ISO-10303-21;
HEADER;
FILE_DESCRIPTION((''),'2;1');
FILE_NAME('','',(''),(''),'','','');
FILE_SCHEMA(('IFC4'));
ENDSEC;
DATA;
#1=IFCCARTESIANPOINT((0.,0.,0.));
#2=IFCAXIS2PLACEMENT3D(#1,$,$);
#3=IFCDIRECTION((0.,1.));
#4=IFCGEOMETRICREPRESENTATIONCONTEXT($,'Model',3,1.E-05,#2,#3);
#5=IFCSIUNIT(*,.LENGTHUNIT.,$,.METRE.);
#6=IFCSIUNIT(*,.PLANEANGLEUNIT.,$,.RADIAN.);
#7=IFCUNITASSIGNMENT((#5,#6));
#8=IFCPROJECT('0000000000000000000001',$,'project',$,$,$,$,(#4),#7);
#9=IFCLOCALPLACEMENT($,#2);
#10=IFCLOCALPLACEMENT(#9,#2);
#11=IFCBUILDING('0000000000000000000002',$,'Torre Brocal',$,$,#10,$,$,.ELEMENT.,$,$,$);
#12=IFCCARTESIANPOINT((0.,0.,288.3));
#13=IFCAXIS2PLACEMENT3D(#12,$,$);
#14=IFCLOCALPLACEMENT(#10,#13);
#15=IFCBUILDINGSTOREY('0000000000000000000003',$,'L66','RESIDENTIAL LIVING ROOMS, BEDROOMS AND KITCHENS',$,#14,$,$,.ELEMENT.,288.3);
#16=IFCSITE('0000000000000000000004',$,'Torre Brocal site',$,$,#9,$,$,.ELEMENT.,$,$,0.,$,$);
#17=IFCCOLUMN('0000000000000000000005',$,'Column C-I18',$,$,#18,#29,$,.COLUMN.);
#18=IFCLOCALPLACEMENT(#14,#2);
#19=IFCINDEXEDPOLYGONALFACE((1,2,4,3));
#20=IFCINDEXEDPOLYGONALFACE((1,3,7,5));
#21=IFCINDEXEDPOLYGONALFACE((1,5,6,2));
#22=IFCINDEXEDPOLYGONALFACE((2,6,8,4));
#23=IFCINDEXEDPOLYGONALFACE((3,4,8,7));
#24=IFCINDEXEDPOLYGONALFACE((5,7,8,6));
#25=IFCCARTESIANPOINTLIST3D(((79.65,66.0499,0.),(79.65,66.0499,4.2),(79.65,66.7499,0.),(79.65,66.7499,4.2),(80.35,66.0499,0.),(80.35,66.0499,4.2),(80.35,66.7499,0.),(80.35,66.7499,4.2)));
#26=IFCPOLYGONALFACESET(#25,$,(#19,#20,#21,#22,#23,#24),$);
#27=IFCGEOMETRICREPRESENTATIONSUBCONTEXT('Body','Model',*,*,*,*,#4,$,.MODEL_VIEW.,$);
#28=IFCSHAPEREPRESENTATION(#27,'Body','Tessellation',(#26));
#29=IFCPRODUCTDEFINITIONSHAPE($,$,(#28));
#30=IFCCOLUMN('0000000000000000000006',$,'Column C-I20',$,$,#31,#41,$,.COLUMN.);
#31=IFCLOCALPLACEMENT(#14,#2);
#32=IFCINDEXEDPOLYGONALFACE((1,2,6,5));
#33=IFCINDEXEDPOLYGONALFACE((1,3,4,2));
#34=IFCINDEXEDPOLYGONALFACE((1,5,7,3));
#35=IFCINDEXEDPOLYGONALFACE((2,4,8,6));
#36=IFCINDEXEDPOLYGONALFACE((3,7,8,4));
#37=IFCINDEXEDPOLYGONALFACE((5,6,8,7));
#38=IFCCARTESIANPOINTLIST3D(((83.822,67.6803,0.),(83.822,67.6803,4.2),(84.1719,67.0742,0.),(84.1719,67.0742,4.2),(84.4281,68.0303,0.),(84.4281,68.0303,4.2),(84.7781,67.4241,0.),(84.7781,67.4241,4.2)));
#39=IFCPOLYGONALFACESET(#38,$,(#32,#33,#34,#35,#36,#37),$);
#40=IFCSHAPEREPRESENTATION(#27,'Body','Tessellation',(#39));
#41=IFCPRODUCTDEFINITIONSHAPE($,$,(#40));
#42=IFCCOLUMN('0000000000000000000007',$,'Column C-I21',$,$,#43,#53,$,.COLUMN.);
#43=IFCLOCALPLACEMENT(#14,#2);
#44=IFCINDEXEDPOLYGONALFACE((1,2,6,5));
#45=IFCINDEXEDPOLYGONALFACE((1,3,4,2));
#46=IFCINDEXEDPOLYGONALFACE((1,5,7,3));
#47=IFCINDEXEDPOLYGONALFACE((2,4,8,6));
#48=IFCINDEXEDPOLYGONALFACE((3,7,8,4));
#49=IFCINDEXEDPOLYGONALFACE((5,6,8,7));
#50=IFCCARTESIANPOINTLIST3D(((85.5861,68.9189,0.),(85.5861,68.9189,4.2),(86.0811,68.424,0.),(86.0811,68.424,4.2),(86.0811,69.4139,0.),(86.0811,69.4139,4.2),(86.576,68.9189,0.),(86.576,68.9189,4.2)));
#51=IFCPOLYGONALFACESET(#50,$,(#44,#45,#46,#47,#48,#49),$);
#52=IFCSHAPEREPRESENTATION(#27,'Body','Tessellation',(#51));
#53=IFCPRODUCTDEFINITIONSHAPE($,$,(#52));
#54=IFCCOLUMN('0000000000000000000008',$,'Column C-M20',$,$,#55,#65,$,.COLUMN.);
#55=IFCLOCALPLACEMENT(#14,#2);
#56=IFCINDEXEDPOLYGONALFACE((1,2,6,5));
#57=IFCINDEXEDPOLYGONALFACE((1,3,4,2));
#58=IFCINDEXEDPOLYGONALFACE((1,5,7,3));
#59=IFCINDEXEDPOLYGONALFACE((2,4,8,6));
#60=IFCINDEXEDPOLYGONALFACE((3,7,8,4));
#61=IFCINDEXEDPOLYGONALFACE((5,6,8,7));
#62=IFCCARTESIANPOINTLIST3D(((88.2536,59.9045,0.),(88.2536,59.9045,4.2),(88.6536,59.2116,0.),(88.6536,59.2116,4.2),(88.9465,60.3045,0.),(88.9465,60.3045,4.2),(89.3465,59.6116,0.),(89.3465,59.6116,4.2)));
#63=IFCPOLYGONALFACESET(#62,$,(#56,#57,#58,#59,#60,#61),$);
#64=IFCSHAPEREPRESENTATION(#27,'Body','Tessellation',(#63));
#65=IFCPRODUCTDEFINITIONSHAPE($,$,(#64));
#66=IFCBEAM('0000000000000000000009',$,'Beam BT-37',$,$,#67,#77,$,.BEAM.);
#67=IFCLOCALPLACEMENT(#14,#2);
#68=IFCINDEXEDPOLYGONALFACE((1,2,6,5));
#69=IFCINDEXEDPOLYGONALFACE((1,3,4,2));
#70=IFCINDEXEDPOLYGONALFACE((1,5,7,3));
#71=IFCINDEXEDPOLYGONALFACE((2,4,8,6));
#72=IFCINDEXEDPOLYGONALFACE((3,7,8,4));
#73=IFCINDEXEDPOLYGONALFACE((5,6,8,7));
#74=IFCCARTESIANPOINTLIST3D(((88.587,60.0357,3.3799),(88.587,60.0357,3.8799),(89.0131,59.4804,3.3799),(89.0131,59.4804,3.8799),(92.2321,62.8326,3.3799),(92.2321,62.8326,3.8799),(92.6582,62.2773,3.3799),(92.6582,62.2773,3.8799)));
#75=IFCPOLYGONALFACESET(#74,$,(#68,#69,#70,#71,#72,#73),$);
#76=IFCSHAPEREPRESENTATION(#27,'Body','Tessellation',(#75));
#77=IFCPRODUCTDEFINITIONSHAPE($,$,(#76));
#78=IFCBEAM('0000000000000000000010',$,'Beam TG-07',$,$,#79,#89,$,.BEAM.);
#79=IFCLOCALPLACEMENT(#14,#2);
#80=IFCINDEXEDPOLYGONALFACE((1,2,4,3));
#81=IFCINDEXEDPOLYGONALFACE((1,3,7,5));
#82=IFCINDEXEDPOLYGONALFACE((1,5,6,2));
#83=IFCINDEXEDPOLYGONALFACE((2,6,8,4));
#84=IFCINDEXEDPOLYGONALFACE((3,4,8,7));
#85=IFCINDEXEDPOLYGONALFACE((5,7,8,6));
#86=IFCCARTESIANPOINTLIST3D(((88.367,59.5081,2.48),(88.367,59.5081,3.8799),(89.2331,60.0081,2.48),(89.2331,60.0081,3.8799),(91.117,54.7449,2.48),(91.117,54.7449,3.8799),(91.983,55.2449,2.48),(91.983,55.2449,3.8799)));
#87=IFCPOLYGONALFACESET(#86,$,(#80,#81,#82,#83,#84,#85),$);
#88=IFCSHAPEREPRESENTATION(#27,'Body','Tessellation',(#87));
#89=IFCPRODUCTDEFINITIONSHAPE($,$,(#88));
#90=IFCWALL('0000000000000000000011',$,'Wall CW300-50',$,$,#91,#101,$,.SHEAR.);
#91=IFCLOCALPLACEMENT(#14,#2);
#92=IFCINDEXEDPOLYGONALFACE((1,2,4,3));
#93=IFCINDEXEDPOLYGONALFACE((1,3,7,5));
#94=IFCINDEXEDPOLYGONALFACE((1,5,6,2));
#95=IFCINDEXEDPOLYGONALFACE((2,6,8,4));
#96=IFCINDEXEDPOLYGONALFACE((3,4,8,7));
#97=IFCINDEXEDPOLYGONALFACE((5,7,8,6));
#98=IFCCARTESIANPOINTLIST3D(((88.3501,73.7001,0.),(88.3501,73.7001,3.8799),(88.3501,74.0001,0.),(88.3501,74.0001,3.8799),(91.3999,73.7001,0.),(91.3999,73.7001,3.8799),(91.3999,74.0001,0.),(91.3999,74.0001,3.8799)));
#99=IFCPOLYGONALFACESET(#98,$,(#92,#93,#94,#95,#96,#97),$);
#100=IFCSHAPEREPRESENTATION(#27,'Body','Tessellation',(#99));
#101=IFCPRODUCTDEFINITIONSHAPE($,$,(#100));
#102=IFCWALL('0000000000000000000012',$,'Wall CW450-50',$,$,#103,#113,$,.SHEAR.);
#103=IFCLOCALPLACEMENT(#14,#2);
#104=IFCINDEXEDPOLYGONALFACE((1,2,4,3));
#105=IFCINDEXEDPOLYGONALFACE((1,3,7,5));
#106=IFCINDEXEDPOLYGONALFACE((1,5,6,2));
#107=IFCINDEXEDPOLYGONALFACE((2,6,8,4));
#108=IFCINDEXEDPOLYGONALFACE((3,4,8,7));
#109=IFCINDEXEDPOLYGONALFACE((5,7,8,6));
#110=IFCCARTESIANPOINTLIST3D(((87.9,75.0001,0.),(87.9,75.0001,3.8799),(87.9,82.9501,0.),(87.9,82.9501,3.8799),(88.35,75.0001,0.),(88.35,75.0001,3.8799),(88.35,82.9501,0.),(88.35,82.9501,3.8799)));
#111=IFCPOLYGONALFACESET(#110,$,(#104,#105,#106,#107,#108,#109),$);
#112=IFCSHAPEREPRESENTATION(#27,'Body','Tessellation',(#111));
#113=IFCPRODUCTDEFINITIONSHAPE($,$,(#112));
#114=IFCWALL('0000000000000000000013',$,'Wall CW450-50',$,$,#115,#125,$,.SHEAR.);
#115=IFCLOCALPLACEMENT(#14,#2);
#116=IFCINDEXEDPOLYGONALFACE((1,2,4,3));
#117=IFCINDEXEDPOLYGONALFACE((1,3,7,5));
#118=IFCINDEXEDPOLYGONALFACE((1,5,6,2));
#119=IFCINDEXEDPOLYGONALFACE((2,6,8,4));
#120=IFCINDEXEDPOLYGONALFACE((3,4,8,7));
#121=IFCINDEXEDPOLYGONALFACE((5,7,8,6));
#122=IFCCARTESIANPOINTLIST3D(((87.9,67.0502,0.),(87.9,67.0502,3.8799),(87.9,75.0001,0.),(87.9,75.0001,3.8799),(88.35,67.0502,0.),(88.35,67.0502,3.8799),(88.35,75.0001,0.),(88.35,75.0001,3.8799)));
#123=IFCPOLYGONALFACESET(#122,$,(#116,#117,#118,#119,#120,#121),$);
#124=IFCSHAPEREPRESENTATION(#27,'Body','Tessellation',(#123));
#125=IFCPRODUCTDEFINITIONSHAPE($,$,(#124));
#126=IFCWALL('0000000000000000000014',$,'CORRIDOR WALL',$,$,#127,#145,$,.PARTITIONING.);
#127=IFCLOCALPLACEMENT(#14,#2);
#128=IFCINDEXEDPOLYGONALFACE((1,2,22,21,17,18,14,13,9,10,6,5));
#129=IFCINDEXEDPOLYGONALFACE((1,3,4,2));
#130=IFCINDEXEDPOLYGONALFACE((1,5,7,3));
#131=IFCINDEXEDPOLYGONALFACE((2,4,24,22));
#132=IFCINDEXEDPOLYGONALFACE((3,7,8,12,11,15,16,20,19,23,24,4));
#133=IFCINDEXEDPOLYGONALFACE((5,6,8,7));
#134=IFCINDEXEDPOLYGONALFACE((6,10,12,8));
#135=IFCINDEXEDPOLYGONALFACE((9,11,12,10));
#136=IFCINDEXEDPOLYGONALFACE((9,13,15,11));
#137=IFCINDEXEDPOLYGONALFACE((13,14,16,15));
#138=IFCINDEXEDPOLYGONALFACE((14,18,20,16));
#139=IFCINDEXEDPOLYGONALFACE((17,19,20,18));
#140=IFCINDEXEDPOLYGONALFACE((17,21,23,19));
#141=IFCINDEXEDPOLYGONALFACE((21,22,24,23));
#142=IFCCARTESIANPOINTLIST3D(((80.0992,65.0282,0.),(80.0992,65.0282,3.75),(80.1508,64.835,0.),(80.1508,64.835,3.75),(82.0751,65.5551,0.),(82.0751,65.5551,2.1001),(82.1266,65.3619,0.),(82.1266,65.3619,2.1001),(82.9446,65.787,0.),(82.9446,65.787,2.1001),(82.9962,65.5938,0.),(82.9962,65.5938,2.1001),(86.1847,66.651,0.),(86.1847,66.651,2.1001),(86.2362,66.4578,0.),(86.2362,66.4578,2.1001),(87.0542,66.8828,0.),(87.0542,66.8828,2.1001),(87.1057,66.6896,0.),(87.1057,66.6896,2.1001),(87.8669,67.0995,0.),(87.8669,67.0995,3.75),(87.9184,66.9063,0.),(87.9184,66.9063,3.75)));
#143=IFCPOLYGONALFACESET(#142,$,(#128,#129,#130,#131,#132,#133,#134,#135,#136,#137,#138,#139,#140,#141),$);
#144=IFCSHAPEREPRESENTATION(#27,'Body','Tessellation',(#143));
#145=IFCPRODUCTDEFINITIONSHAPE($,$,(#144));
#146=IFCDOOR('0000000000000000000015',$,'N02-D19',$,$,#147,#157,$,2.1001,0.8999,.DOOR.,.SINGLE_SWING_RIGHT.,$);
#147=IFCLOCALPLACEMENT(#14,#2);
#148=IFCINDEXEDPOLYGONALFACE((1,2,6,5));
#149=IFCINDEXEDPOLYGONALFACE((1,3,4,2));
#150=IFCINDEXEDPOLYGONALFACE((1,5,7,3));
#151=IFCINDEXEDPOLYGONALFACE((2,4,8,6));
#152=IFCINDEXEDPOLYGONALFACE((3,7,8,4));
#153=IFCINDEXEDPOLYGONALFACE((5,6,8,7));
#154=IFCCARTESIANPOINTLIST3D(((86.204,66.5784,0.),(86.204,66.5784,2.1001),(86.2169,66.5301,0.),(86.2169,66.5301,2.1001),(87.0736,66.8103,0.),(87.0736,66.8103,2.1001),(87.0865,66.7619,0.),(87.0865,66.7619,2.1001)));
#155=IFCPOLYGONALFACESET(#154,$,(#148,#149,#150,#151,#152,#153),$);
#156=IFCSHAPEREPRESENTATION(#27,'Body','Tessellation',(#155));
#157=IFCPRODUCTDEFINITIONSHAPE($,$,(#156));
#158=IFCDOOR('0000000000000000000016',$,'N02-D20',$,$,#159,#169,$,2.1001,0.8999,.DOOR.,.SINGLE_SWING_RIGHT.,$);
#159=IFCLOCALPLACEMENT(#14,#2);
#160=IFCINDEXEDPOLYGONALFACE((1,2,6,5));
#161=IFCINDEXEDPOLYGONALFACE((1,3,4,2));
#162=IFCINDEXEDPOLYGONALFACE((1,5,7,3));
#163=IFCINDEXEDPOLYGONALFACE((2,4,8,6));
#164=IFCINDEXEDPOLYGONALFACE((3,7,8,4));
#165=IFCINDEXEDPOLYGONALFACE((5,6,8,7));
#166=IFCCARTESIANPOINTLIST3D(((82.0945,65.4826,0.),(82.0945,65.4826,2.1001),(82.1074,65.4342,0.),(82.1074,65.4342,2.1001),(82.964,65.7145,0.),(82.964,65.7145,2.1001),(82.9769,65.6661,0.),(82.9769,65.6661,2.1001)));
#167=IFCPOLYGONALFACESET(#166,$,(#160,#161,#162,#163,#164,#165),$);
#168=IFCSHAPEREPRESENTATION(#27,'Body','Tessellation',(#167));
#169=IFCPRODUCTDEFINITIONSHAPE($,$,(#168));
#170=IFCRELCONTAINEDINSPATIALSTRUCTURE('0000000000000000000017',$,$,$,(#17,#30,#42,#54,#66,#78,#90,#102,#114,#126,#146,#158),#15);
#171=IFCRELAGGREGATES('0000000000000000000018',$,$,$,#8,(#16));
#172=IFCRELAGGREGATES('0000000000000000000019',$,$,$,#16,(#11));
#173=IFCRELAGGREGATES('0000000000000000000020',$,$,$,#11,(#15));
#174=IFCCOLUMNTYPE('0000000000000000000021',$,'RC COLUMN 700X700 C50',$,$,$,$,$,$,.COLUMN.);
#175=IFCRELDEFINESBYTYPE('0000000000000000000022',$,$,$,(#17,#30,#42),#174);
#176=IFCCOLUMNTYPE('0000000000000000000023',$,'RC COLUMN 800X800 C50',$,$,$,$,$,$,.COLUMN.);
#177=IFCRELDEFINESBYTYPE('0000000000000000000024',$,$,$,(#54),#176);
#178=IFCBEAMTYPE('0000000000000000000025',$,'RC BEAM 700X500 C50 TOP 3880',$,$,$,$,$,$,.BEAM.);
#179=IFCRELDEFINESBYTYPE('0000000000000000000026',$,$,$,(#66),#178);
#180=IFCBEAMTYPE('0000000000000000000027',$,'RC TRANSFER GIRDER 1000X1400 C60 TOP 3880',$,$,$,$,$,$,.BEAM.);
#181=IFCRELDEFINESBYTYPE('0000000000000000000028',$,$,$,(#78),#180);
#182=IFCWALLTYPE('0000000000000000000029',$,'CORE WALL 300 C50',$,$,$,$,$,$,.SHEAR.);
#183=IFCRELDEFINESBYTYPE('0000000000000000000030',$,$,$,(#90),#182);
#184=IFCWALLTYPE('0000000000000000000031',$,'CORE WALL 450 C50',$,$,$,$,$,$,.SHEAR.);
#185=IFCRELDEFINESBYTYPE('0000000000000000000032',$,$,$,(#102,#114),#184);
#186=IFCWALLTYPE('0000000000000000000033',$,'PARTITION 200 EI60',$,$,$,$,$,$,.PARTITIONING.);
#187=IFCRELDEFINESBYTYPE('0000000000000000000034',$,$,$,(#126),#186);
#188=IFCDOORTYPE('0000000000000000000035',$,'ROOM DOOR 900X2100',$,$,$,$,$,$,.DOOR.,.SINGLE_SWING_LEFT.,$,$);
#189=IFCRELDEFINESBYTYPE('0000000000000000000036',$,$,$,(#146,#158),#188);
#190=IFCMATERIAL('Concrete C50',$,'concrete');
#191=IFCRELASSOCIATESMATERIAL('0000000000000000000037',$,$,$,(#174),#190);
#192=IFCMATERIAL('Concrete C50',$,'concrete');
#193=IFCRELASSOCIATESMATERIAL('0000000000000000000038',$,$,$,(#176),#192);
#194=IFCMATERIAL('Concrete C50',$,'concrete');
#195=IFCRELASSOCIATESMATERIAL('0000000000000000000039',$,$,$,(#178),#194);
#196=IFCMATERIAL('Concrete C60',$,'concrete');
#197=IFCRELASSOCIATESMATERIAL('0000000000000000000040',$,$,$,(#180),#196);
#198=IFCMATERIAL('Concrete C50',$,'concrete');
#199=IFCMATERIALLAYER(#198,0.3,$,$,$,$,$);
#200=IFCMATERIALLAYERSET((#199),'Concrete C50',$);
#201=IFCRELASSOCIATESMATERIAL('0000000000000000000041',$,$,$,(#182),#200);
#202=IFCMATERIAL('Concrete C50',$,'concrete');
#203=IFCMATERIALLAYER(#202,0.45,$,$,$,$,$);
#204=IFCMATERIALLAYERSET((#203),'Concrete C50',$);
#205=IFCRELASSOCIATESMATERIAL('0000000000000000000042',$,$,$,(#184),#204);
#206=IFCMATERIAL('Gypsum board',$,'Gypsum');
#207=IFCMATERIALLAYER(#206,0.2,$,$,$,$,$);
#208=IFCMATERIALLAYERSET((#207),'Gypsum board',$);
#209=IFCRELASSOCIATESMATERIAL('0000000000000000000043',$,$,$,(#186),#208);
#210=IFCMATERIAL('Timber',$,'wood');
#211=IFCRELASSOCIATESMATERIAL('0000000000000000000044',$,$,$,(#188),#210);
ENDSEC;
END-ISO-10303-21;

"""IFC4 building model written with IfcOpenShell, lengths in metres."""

from ifc_helpers import new_model, si_unit, direction, frame, frame_2d, origin, origin_2d, place, context, subcontext, project, spatial, rectangle, extrude, material, layer, layer_set, material_profile, profile_set, type_object, element, fill, save


model = new_model("IFC4")

# Units and contexts
model_context = context("Model", 3, precision=1e-05, world=origin(), true_north=direction((0.0, 1.0)))
body_context = subcontext(model_context, "Body", "Model", "MODEL_VIEW")
ifc_project = project(units=[si_unit("LENGTHUNIT", "METRE"), si_unit("PLANEANGLEUNIT", "RADIAN")], contexts=[model_context])

# Site, building, storey
site_placement = place(None, origin())
site = spatial("IfcSite", under=ifc_project, at=site_placement, Name="Torre Brocal site", CompositionType="ELEMENT", RefElevation=0.0)
building_placement = place(site_placement, origin())
building = spatial("IfcBuilding", under=site, at=building_placement, Name="Torre Brocal", CompositionType="ELEMENT")
storey_placement = place(building_placement, frame((0.0, 0.0, 288.3)))
storey = spatial("IfcBuildingStorey", under=building, at=storey_placement, Name="L66", Description="RESIDENTIAL LIVING ROOMS, BEDROOMS AND KITCHENS", CompositionType="ELEMENT", Elevation=288.3)

# Columns
ifc_material_1 = material(Name="Concrete C50", Category="concrete")
ifc_material_profile_1 = material_profile(ifc_material_1, rectangle(XDim=0.7, YDim=0.7, at=origin_2d()), Name="RC 700X700")
ifc_profile_set_1 = profile_set([ifc_material_profile_1], Name="Concrete C50")
column_type_1 = type_object("IfcColumnType", Name="RC COLUMN 700X700 C50", PredefinedType="COLUMN", material=ifc_profile_set_1)
for number, where, z_axis, x_axis, name in (
    (1, (80.0, 66.3999, 0.0), (0.0, 0.0, 1.0), (0.0, -1.0, 0.0), "Column C-I18"),
    (2, (84.3, 67.5522, 0.0), (0.0, 0.0, 1.0), (0.5, -0.866025, 0.0), "Column C-I20"),
    (3, (86.0811, 68.9189, 0.0), (0.0, 0.0, 1.0), (0.707107, -0.707107, 0.0), "Column C-I21"),
):
    element("IfcColumn", number, at=place(storey_placement, frame(where, z_axis=z_axis, x_axis=x_axis)), inside=storey, type_object=column_type_1, Name=name, PredefinedType="COLUMN", context=body_context, shape_type="SweptSolid", body=[
        extrude(rectangle(XDim=0.7, YDim=0.7, at=origin_2d()), origin(), (0.0, 0.0, 1.0), 4.2),
    ])
ifc_material_2 = material(Name="Concrete C50", Category="concrete")
ifc_material_profile_2 = material_profile(ifc_material_2, rectangle(XDim=0.8, YDim=0.8, at=origin_2d()), Name="RC 800X800")
ifc_profile_set_2 = profile_set([ifc_material_profile_2], Name="Concrete C50")
column_type_2 = type_object("IfcColumnType", Name="RC COLUMN 800X800 C50", PredefinedType="COLUMN", material=ifc_profile_set_2)
column_placement = place(storey_placement, frame((88.8, 59.7581, 0.0), z_axis=(0.0, 0.0, 1.0), x_axis=(0.5, -0.866025, 0.0)))
element("IfcColumn", 4, at=column_placement, inside=storey, type_object=column_type_2, Name="Column C-M20", PredefinedType="COLUMN", context=body_context, shape_type="SweptSolid", body=[
    extrude(rectangle(XDim=0.8, YDim=0.8, at=origin_2d()), origin(), (0.0, 0.0, 1.0), 4.2),
])

# Beams
ifc_material_3 = material(Name="Concrete C50", Category="concrete")
ifc_material_profile_3 = material_profile(ifc_material_3, rectangle(XDim=0.7, YDim=0.5, at=origin_2d()), Name="RC 700X500")
ifc_profile_set_3 = profile_set([ifc_material_profile_3], Name="Concrete C50")
beam_type_1 = type_object("IfcBeamType", Name="RC BEAM 700X500 C50 TOP 3880", PredefinedType="BEAM", material=ifc_profile_set_3)
beam_1_placement = place(storey_placement, frame((88.8, 59.7581, 3.6299), z_axis=(0.793358, 0.608755, 0.0), x_axis=(-0.608755, 0.793358, 0.0)))
element("IfcBeam", 5, at=beam_1_placement, inside=storey, type_object=beam_type_1, Name="Beam BT-37", PredefinedType="BEAM", context=body_context, shape_type="SweptSolid", body=[
    extrude(rectangle(XDim=0.7, YDim=0.5, at=origin_2d()), origin(), (0.0, 0.0, 1.0), 4.5945),
])
ifc_material_4 = material(Name="Concrete C60", Category="concrete")
ifc_material_profile_4 = material_profile(ifc_material_4, rectangle(XDim=1.0, YDim=1.3999, at=origin_2d()), Name="RC 1000X1400")
ifc_profile_set_4 = profile_set([ifc_material_profile_4], Name="Concrete C60")
beam_type_2 = type_object("IfcBeamType", Name="RC TRANSFER GIRDER 1000X1400 C60 TOP 3880", PredefinedType="BEAM", material=ifc_profile_set_4)
beam_2_placement = place(storey_placement, frame((88.8, 59.7581, 3.1799), z_axis=(0.499997, -0.866027, 0.0), x_axis=(0.866027, 0.499997, 0.0)))
element("IfcBeam", 6, at=beam_2_placement, inside=storey, type_object=beam_type_2, Name="Beam TG-07", PredefinedType="BEAM", context=body_context, shape_type="SweptSolid", body=[
    extrude(rectangle(XDim=1.0, YDim=1.3999, at=origin_2d()), origin(), (0.0, 0.0, 1.0), 5.5),
])

# Wall
ifc_material_5 = material(Name="Concrete C50", Category="concrete")
ifc_layer_1 = layer(ifc_material_5, 0.3)
ifc_layer_set_1 = layer_set([ifc_layer_1], Name="Concrete C50")
wall_type_1 = type_object("IfcWallType", Name="CORE WALL 300 C50", PredefinedType="SHEAR", material=ifc_layer_set_1)
wall_1_placement = place(storey_placement, frame((88.3501, 73.8501, 0.0), z_axis=(0.0, 0.0, 1.0), x_axis=(1.0, 0.0, 0.0)))
element("IfcWall", 7, at=wall_1_placement, inside=storey, type_object=wall_type_1, Name="Wall CW300-50", PredefinedType="SHEAR", context=body_context, shape_type="SweptSolid", body=[
    extrude(rectangle(XDim=3.0498, YDim=0.3, at=frame_2d((1.5249, 0.0))), origin(), (0.0, 0.0, 1.0), 3.8799),
])

# Shared definitions
ifc_material_6 = material(Name="Concrete C50", Category="concrete")
ifc_layer_2 = layer(ifc_material_6, 0.45)
ifc_layer_set_2 = layer_set([ifc_layer_2], Name="Concrete C50")
wall_type_2 = type_object("IfcWallType", Name="CORE WALL 450 C50", PredefinedType="SHEAR", material=ifc_layer_set_2)

# Walls
for number, where, z_axis, x_axis, name in (
    (8, (88.125, 75.0, 0.0), (0.0, 0.0, 1.0), (0.0, 1.0, 0.0), "Wall CW450-50"),
    (9, (88.125, 67.05, 0.0), (0.0, 0.0, 1.0), (0.0, 1.0, 0.0), "Wall CW450-50"),
):
    element("IfcWall", number, at=place(storey_placement, frame(where, z_axis=z_axis, x_axis=x_axis)), inside=storey, type_object=wall_type_2, Name=name, PredefinedType="SHEAR", context=body_context, shape_type="SweptSolid", body=[
        extrude(rectangle(XDim=7.95, YDim=0.45, at=frame_2d((3.9751, 0.0))), origin(), (0.0, 0.0, 1.0), 3.8799),
    ])

# Wall, openings, doors
ifc_material_7 = material(Name="Gypsum board", Category="Gypsum")
ifc_layer_3 = layer(ifc_material_7, 0.2)
ifc_layer_set_3 = layer_set([ifc_layer_3], Name="Gypsum board")
wall_type_3 = type_object("IfcWallType", Name="PARTITION 200 EI60", PredefinedType="PARTITIONING", material=ifc_layer_set_3)
wall_2_placement = place(storey_placement, frame((80.125, 64.9316, 0.0), z_axis=(0.0, 0.0, 1.0), x_axis=(0.966237, 0.257655, 0.0)))
wall_2 = element("IfcWall", 10, at=wall_2_placement, inside=storey, type_object=wall_type_3, Name="CORRIDOR WALL", PredefinedType="PARTITIONING", context=body_context, shape_type="SweptSolid", body=[
    extrude(rectangle(XDim=8.0391, YDim=0.2, at=frame_2d((4.0195, 0.0))), origin(), (0.0, 0.0, 1.0), 3.75),
])
opening_1_placement = place(wall_2_placement, frame((6.2981, 0.0, 0.0)))
opening_1 = element("IfcOpeningElement", 11, at=opening_1_placement, cuts=wall_2, PredefinedType="OPENING", context=body_context, shape_type="SweptSolid", body=[
    extrude(rectangle(XDim=0.8999, YDim=2.1001, at=frame_2d((0.45, 1.05))), frame((0.0, 0.1099, 0.0), z_axis=(0.0, -1.0, 0.0), x_axis=(1.0, 0.0, 0.0)), (0.0, 0.0, 1.0), 0.22),
])
opening_2_placement = place(wall_2_placement, frame((2.0449, 0.0, 0.0)))
opening_2 = element("IfcOpeningElement", 12, at=opening_2_placement, cuts=wall_2, PredefinedType="OPENING", context=body_context, shape_type="SweptSolid", body=[
    extrude(rectangle(XDim=0.8999, YDim=2.1001, at=frame_2d((0.45, 1.05))), frame((0.0, 0.1099, 0.0), z_axis=(0.0, -1.0, 0.0), x_axis=(1.0, 0.0, 0.0)), (0.0, 0.0, 1.0), 0.22),
])
ifc_material_8 = material(Name="Timber", Category="wood")
door_type_1 = type_object("IfcDoorType", Name="ROOM DOOR 900X2100", OperationType="SINGLE_SWING_LEFT", PredefinedType="DOOR", material=ifc_material_8)
door_1_placement = place(opening_1_placement, origin())
door_1 = element("IfcDoor", 13, at=door_1_placement, inside=storey, type_object=door_type_1, Name="N02-D19", OperationType="SINGLE_SWING_RIGHT", OverallHeight=2.1001, OverallWidth=0.8999, PredefinedType="DOOR", context=body_context, shape_type="SweptSolid", body=[
    extrude(rectangle(XDim=0.8999, YDim=2.1001, at=frame_2d((0.45, 1.05))), frame((0.0, 0.0249, 0.0), z_axis=(0.0, -1.0, 0.0), x_axis=(1.0, 0.0, 0.0)), (0.0, 0.0, 1.0), 0.05),
])
fill(opening_1, door_1)
door_2_placement = place(opening_2_placement, origin())
door_2 = element("IfcDoor", 14, at=door_2_placement, inside=storey, type_object=door_type_1, Name="N02-D20", OperationType="SINGLE_SWING_RIGHT", OverallHeight=2.1001, OverallWidth=0.8999, PredefinedType="DOOR", context=body_context, shape_type="SweptSolid", body=[
    extrude(rectangle(XDim=0.8999, YDim=2.1001, at=frame_2d((0.45, 1.05))), frame((0.0, 0.0249, 0.0), z_axis=(0.0, -1.0, 0.0), x_axis=(1.0, 0.0, 0.0)), (0.0, 0.0, 1.0), 0.05),
])
fill(opening_2, door_2)

save(model, "model.ifc")
